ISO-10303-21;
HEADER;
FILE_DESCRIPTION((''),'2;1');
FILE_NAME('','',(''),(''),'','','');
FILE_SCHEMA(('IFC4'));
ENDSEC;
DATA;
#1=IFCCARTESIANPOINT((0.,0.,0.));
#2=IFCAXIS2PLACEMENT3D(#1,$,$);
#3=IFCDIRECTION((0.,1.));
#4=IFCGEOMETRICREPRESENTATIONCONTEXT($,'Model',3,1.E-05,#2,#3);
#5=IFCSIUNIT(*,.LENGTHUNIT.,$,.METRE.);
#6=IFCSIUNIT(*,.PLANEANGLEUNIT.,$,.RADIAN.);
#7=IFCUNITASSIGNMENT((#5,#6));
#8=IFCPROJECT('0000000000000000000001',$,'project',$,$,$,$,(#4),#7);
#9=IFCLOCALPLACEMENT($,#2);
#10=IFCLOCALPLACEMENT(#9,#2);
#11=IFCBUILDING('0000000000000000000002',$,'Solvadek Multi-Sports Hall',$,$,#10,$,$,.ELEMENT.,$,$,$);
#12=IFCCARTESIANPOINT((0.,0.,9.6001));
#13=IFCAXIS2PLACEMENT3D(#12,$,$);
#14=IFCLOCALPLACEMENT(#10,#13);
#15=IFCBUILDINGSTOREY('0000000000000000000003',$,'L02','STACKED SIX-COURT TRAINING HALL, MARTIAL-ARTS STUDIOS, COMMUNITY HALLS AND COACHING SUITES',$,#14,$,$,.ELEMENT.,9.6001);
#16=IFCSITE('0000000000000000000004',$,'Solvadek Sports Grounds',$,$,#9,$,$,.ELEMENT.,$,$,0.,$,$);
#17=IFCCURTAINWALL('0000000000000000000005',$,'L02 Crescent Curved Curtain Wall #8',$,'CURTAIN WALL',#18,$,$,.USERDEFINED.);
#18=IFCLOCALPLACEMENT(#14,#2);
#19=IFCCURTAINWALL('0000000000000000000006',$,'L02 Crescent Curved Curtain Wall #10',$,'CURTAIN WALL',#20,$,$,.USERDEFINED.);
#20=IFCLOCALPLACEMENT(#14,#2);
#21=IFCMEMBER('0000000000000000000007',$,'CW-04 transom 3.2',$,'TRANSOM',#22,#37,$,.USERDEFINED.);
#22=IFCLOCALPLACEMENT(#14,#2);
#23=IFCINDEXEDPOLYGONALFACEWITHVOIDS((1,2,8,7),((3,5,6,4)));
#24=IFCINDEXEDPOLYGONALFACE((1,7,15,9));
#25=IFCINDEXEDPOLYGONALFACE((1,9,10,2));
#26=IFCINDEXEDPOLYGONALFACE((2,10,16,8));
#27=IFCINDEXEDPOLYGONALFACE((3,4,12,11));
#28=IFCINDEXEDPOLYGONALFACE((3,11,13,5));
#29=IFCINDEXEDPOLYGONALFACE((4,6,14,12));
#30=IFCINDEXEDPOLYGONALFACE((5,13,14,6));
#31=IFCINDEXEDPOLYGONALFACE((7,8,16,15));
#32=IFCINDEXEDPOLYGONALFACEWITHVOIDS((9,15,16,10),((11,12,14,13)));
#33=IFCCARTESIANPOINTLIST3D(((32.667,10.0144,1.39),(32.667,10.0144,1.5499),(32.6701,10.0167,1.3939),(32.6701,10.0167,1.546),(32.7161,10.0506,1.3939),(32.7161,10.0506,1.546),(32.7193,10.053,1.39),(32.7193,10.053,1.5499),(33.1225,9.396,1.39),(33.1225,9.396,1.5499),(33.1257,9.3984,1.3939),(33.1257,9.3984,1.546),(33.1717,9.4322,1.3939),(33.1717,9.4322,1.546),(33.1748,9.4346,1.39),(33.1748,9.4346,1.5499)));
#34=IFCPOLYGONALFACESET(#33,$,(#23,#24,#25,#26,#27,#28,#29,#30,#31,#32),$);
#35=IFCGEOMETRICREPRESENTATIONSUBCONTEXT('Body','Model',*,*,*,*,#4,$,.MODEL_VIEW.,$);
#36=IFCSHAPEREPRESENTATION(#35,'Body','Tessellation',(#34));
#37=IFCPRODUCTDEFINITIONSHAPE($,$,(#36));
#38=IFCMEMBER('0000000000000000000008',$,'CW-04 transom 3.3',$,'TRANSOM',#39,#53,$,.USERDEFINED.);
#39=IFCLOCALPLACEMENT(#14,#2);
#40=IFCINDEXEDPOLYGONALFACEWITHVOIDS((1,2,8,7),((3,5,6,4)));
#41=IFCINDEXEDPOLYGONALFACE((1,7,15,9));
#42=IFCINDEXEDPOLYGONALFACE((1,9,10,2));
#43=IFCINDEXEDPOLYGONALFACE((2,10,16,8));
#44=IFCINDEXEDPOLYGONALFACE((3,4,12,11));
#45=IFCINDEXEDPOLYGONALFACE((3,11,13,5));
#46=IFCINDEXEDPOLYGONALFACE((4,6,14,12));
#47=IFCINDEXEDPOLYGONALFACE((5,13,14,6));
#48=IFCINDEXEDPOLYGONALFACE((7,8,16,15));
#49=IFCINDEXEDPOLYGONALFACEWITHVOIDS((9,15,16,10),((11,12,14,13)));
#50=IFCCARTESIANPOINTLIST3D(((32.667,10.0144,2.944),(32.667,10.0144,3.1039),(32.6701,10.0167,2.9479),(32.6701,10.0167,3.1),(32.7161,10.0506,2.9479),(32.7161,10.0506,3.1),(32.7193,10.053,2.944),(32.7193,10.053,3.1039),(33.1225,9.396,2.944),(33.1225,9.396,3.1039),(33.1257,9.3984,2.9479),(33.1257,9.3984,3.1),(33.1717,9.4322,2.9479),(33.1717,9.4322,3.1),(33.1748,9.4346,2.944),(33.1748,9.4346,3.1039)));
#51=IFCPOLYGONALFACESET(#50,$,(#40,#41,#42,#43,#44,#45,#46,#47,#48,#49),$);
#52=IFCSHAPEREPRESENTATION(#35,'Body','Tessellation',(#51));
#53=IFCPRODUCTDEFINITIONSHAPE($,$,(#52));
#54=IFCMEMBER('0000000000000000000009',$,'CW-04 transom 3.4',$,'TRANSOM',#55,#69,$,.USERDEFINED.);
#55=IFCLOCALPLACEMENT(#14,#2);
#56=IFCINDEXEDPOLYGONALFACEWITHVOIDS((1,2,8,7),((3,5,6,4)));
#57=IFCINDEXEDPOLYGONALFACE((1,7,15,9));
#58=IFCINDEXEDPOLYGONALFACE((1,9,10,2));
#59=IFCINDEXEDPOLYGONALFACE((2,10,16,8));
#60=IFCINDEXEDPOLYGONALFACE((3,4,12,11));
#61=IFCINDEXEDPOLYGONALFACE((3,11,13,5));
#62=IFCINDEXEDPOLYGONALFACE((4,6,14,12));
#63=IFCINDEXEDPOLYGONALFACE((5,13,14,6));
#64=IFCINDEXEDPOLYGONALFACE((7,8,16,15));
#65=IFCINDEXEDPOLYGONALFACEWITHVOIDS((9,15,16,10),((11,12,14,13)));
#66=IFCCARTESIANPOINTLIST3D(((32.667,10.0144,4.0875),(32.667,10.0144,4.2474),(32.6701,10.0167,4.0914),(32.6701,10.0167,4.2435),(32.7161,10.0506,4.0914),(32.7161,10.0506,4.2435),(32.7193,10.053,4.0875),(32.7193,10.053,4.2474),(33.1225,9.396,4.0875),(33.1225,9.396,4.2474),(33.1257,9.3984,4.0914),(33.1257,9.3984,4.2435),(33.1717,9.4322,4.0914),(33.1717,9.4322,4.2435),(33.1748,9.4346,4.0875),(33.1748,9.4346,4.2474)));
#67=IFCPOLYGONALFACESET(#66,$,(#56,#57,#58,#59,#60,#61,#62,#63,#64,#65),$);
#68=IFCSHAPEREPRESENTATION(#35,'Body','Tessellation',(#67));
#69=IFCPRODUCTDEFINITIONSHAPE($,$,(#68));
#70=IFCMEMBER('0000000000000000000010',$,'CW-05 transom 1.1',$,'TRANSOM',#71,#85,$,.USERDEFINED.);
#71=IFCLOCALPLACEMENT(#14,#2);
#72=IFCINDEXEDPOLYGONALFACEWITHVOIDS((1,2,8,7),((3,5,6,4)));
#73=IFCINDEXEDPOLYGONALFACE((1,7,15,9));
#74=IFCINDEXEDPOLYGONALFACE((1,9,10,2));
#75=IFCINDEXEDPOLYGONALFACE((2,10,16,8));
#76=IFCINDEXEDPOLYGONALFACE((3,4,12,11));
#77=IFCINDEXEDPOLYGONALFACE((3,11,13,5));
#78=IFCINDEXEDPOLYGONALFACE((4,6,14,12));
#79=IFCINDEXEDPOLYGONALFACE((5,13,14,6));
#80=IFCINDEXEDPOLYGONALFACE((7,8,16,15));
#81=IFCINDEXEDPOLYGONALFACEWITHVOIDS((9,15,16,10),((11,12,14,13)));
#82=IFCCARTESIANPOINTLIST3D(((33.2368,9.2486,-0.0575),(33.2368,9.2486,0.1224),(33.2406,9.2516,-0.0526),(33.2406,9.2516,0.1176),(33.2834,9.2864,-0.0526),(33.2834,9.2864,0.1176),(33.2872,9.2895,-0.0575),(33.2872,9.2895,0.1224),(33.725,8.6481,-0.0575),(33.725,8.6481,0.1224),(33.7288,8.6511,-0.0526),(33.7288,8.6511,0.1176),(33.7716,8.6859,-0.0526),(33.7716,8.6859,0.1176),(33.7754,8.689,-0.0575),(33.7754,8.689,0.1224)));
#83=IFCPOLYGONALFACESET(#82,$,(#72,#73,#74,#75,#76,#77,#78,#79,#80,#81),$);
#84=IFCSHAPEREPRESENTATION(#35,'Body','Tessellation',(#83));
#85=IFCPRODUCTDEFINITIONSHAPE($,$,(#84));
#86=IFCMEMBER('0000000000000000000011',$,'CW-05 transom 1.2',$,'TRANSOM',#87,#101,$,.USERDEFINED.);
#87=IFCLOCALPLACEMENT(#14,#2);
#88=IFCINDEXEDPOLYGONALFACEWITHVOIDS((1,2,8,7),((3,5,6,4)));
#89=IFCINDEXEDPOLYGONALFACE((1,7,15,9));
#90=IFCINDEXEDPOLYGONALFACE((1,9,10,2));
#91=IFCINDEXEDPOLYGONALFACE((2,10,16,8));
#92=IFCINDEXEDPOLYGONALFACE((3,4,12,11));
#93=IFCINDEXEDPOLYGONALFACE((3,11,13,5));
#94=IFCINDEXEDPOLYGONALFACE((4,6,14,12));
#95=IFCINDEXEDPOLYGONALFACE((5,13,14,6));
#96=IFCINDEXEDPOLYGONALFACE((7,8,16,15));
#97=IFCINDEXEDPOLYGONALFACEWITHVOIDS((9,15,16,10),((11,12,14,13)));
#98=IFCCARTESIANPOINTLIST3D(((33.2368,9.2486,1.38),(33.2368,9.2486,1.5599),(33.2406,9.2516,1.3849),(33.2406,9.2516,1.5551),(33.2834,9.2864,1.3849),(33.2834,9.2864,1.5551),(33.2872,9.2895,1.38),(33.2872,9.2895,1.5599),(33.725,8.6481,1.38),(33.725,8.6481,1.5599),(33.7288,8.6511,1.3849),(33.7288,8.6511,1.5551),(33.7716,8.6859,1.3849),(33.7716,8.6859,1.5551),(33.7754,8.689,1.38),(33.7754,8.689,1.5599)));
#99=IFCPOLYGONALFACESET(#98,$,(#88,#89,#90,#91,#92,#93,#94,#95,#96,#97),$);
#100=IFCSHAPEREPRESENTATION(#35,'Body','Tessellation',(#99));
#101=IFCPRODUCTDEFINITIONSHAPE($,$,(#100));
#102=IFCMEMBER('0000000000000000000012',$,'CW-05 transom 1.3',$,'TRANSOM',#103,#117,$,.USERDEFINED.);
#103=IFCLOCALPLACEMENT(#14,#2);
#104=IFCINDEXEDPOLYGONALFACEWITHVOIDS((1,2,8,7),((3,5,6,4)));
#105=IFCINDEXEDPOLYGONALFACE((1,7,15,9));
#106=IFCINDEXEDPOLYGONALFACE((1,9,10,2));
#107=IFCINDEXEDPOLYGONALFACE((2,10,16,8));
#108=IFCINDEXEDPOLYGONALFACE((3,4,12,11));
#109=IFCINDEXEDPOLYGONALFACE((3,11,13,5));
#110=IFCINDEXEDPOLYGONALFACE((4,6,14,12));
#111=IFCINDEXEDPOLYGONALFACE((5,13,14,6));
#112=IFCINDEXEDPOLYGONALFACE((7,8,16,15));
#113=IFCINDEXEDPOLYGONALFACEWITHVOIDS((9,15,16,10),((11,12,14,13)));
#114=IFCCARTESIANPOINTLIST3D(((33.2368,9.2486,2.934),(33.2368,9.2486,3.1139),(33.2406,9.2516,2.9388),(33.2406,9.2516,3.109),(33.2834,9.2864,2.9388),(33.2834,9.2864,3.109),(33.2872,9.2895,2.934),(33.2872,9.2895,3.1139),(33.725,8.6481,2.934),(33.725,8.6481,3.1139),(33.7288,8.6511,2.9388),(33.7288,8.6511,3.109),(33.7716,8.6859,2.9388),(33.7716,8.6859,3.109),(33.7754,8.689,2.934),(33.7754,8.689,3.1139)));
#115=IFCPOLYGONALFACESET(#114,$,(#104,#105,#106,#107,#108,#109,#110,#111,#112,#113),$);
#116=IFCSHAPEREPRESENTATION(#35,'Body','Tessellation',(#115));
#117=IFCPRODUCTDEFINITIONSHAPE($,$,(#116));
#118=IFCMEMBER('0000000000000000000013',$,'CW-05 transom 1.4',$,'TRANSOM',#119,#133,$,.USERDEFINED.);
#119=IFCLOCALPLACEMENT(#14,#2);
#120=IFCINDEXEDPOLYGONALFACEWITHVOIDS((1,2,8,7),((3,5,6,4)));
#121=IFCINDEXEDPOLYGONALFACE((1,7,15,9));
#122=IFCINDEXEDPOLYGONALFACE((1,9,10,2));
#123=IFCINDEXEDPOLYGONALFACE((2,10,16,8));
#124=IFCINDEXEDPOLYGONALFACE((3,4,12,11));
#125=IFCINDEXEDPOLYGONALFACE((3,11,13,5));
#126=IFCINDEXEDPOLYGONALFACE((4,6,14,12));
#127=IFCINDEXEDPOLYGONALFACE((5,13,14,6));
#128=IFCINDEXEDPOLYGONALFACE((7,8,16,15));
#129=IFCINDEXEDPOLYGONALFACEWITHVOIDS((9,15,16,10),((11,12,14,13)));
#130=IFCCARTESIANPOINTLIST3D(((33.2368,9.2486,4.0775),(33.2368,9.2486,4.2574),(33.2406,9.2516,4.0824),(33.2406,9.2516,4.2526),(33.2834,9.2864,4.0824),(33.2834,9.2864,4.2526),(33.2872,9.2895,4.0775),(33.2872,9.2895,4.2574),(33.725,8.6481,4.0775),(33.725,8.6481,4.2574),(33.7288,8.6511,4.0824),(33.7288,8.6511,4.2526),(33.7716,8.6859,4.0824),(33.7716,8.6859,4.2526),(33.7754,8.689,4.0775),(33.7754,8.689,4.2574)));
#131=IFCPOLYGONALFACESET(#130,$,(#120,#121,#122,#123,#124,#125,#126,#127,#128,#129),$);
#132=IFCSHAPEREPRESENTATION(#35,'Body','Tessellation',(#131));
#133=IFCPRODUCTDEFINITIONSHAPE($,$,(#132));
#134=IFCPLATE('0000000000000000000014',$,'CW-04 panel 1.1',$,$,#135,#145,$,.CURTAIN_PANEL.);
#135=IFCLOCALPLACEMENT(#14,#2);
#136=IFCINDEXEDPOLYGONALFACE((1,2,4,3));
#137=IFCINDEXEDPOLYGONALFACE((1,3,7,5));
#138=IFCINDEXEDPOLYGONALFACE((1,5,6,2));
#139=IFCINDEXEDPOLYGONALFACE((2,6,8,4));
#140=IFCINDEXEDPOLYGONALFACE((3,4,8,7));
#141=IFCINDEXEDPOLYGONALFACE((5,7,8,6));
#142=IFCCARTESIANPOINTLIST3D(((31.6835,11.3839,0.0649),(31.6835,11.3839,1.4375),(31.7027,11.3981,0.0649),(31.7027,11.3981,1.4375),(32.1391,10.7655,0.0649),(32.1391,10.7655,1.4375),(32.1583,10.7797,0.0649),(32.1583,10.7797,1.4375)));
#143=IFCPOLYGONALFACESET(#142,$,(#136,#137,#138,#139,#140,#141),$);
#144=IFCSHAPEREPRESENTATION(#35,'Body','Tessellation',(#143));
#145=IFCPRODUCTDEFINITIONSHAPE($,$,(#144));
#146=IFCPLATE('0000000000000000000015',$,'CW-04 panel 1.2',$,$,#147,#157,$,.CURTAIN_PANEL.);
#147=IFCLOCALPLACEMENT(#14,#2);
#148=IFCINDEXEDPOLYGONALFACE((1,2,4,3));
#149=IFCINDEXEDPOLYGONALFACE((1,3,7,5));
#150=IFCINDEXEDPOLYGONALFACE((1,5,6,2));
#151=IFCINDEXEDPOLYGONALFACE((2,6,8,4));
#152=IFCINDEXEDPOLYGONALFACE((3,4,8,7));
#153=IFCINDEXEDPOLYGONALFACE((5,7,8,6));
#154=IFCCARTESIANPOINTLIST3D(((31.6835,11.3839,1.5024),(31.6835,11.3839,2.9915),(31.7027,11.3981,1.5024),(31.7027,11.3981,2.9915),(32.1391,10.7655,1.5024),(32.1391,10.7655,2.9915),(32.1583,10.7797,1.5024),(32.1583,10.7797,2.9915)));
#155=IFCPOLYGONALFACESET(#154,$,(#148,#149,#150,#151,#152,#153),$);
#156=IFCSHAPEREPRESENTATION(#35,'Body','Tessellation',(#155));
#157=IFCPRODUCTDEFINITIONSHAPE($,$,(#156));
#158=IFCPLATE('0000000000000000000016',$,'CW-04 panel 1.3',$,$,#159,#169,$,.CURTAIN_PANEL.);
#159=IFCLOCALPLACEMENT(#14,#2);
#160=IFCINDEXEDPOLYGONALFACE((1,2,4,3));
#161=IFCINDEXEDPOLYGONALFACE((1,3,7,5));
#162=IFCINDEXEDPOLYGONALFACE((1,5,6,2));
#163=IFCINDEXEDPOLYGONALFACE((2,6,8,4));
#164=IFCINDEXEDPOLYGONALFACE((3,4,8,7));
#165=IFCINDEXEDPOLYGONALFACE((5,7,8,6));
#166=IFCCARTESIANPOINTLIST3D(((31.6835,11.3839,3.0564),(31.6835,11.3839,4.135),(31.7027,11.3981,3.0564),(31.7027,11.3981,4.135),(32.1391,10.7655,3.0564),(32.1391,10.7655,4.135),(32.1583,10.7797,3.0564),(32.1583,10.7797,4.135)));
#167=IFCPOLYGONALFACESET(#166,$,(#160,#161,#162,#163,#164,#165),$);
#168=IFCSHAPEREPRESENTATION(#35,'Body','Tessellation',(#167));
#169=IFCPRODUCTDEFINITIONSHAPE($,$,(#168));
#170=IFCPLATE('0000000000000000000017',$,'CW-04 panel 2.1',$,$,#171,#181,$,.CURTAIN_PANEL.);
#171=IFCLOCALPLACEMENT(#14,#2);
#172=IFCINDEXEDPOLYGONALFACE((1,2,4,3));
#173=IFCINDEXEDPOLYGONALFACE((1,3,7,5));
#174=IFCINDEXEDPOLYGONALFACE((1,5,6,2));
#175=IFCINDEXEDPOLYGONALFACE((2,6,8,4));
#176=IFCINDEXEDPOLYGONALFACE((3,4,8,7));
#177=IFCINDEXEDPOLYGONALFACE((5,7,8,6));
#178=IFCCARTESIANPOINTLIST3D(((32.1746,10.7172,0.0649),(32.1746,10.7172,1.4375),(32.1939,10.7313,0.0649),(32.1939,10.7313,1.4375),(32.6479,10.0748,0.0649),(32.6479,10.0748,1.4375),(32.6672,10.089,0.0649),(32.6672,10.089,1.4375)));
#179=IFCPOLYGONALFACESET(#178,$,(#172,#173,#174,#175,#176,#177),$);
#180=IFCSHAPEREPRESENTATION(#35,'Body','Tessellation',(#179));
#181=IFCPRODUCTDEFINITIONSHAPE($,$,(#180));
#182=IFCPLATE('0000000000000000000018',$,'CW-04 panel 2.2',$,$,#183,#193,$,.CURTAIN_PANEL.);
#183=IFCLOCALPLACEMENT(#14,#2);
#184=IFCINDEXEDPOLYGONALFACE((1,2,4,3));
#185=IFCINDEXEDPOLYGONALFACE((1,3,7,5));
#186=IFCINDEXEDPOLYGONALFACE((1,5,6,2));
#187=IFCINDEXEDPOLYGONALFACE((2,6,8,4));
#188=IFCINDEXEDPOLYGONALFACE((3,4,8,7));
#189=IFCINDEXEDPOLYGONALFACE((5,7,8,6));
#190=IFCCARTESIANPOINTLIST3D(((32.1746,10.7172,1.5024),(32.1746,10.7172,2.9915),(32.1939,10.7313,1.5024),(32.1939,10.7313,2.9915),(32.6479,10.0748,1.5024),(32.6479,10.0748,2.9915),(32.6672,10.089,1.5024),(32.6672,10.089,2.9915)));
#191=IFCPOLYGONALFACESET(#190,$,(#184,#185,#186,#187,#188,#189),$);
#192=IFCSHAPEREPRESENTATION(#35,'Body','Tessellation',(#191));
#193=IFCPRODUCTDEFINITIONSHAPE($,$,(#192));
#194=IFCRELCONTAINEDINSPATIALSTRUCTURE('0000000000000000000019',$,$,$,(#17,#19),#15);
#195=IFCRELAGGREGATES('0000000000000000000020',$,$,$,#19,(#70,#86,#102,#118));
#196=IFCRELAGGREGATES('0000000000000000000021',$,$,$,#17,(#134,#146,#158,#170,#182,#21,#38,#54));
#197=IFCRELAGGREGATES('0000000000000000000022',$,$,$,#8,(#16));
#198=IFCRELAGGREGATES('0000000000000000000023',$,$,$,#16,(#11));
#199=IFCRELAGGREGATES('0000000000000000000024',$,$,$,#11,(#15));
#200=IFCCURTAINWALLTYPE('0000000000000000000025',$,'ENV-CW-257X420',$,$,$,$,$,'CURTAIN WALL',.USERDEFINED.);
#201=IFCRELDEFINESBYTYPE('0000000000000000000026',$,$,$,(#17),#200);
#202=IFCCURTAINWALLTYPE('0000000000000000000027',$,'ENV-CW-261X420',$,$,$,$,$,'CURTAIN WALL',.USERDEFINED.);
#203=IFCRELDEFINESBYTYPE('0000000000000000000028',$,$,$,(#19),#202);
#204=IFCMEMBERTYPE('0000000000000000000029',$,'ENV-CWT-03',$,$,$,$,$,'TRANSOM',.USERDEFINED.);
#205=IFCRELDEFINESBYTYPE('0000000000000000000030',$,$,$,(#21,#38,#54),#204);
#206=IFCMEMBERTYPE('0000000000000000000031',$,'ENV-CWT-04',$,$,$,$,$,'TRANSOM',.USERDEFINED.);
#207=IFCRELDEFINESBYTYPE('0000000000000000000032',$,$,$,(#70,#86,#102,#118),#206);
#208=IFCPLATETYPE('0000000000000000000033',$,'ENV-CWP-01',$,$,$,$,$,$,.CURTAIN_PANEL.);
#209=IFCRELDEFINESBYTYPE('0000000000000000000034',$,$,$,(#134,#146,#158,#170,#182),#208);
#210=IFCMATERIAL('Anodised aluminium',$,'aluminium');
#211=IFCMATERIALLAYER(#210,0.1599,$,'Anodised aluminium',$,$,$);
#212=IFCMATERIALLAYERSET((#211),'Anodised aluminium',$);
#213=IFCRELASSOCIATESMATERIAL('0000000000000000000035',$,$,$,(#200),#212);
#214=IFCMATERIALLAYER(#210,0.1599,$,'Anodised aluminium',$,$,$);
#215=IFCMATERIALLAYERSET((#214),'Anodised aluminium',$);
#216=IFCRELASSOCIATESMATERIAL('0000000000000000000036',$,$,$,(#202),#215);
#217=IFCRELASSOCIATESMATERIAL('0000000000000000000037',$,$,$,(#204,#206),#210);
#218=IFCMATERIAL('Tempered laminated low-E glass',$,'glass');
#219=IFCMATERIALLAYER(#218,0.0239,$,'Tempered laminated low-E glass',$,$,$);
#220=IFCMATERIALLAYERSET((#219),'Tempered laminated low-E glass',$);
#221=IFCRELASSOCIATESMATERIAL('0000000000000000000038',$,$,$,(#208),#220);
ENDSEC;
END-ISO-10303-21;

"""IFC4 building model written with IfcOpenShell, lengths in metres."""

from ifc_helpers import new_model, si_unit, direction, frame, origin, origin_2d, place, context, subcontext, project, spatial, rectangle, hollow_rectangle, extrude, material, layer, layer_set, material_profile, profile_set, type_object, element, aggregate, save


model = new_model("IFC4")

# Units and contexts
model_context = context("Model", 3, precision=1e-05, world=origin(), true_north=direction((0.0, 1.0)))
body_context = subcontext(model_context, "Body", "Model", "MODEL_VIEW")
ifc_project = project(units=[si_unit("LENGTHUNIT", "METRE"), si_unit("PLANEANGLEUNIT", "RADIAN")], contexts=[model_context])

# Site, building, storey
site_placement = place(None, origin())
site = spatial("IfcSite", under=ifc_project, at=site_placement, Name="Solvadek Sports Grounds", CompositionType="ELEMENT", RefElevation=0.0)
building_placement = place(site_placement, origin())
building = spatial("IfcBuilding", under=site, at=building_placement, Name="Solvadek Multi-Sports Hall", CompositionType="ELEMENT")
storey_placement = place(building_placement, frame((0.0, 0.0, 9.6001)))
storey = spatial("IfcBuildingStorey", under=building, at=storey_placement, Name="L02", Description="STACKED SIX-COURT TRAINING HALL, MARTIAL-ARTS STUDIOS, COMMUNITY HALLS AND COACHING SUITES", CompositionType="ELEMENT", Elevation=9.6001)

# Curtain wall
ifc_material_1 = material(Name="Anodised aluminium", Category="aluminium")
ifc_layer_1 = layer(ifc_material_1, 0.1599, Name="Anodised aluminium")
ifc_layer_set_1 = layer_set([ifc_layer_1], Name="Anodised aluminium")
curtain_wall_type_1 = type_object("IfcCurtainWallType", Name="ENV-CW-257X420", ElementType="CURTAIN WALL", PredefinedType="USERDEFINED", material=ifc_layer_set_1)
curtain_wall_1_placement = place(storey_placement, origin())
curtain_wall_1 = element("IfcCurtainWall", 1, at=curtain_wall_1_placement, inside=storey, type_object=curtain_wall_type_1, Name="L02 Crescent Curved Curtain Wall #8", ObjectType="CURTAIN WALL", PredefinedType="USERDEFINED")

# Curtain wall
ifc_layer_2 = layer(ifc_material_1, 0.1599, Name="Anodised aluminium")
ifc_layer_set_2 = layer_set([ifc_layer_2], Name="Anodised aluminium")
curtain_wall_type_2 = type_object("IfcCurtainWallType", Name="ENV-CW-261X420", ElementType="CURTAIN WALL", PredefinedType="USERDEFINED", material=ifc_layer_set_2)
curtain_wall_2_placement = place(storey_placement, origin())
curtain_wall_2 = element("IfcCurtainWall", 2, at=curtain_wall_2_placement, inside=storey, type_object=curtain_wall_type_2, Name="L02 Crescent Curved Curtain Wall #10", ObjectType="CURTAIN WALL", PredefinedType="USERDEFINED")

# Members
ifc_material_profile_1 = material_profile(ifc_material_1, hollow_rectangle(XDim=0.0649, YDim=0.1599, WallThickness=0.0039, at=origin_2d()), Name="ALU-T 160x65x4")
ifc_profile_set_1 = profile_set([ifc_material_profile_1], Name="Anodised aluminium")
member_type_1 = type_object("IfcMemberType", Name="ENV-CWT-03", ElementType="TRANSOM", PredefinedType="USERDEFINED", material=ifc_profile_set_1)
member_1_placement = place(storey_placement, frame((32.6931, 10.0337, 1.47), z_axis=(0.593112, -0.80512, 0.0), x_axis=(0.80512, 0.593112, 0.0)))
member_1 = element("IfcMember", 3, at=member_1_placement, type_object=member_type_1, Name="CW-04 transom 3.2", ObjectType="TRANSOM", PredefinedType="USERDEFINED", context=body_context, shape_type="SweptSolid", body=[
    extrude(hollow_rectangle(XDim=0.0649, YDim=0.1599, WallThickness=0.0039, at=origin_2d()), origin(), (0.0, 0.0, 1.0), 0.7681),
])
member_2_placement = place(storey_placement, frame((32.6931, 10.0337, 3.0239), z_axis=(0.593112, -0.80512, 0.0), x_axis=(0.80512, 0.593112, 0.0)))
member_2 = element("IfcMember", 4, at=member_2_placement, type_object=member_type_1, Name="CW-04 transom 3.3", ObjectType="TRANSOM", PredefinedType="USERDEFINED", context=body_context, shape_type="SweptSolid", body=[
    extrude(hollow_rectangle(XDim=0.0649, YDim=0.1599, WallThickness=0.0039, at=origin_2d()), origin(), (0.0, 0.0, 1.0), 0.7681),
])
member_3_placement = place(storey_placement, frame((32.6931, 10.0337, 4.1675), z_axis=(0.593112, -0.80512, 0.0), x_axis=(0.80512, 0.593112, 0.0)))
member_3 = element("IfcMember", 5, at=member_3_placement, type_object=member_type_1, Name="CW-04 transom 3.4", ObjectType="TRANSOM", PredefinedType="USERDEFINED", context=body_context, shape_type="SweptSolid", body=[
    extrude(hollow_rectangle(XDim=0.0649, YDim=0.1599, WallThickness=0.0039, at=origin_2d()), origin(), (0.0, 0.0, 1.0), 0.7681),
])
ifc_material_profile_2 = material_profile(ifc_material_1, hollow_rectangle(XDim=0.0649, YDim=0.1799, WallThickness=0.0049, at=origin_2d()), Name="ALU-T 180x65x5")
ifc_profile_set_2 = profile_set([ifc_material_profile_2], Name="Anodised aluminium")
member_type_2 = type_object("IfcMemberType", Name="ENV-CWT-04", ElementType="TRANSOM", PredefinedType="USERDEFINED", material=ifc_profile_set_2)
member_4_placement = place(storey_placement, frame((33.262, 9.269, 0.0325), z_axis=(0.63083, -0.775921, 0.0), x_axis=(0.775921, 0.63083, 0.0)))
member_4 = element("IfcMember", 6, at=member_4_placement, type_object=member_type_2, Name="CW-05 transom 1.1", ObjectType="TRANSOM", PredefinedType="USERDEFINED", context=body_context, shape_type="SweptSolid", body=[
    extrude(hollow_rectangle(XDim=0.0649, YDim=0.1799, WallThickness=0.0049, at=origin_2d()), origin(), (0.0, 0.0, 1.0), 0.7739),
])
member_5_placement = place(storey_placement, frame((33.262, 9.269, 1.47), z_axis=(0.63083, -0.775921, 0.0), x_axis=(0.775921, 0.63083, 0.0)))
member_5 = element("IfcMember", 7, at=member_5_placement, type_object=member_type_2, Name="CW-05 transom 1.2", ObjectType="TRANSOM", PredefinedType="USERDEFINED", context=body_context, shape_type="SweptSolid", body=[
    extrude(hollow_rectangle(XDim=0.0649, YDim=0.1799, WallThickness=0.0049, at=origin_2d()), origin(), (0.0, 0.0, 1.0), 0.7739),
])
member_6_placement = place(storey_placement, frame((33.262, 9.269, 3.0239), z_axis=(0.63083, -0.775921, 0.0), x_axis=(0.775921, 0.63083, 0.0)))
member_6 = element("IfcMember", 8, at=member_6_placement, type_object=member_type_2, Name="CW-05 transom 1.3", ObjectType="TRANSOM", PredefinedType="USERDEFINED", context=body_context, shape_type="SweptSolid", body=[
    extrude(hollow_rectangle(XDim=0.0649, YDim=0.1799, WallThickness=0.0049, at=origin_2d()), origin(), (0.0, 0.0, 1.0), 0.7739),
])
member_7_placement = place(storey_placement, frame((33.262, 9.269, 4.1675), z_axis=(0.63083, -0.775921, 0.0), x_axis=(0.775921, 0.63083, 0.0)))
member_7 = element("IfcMember", 9, at=member_7_placement, type_object=member_type_2, Name="CW-05 transom 1.4", ObjectType="TRANSOM", PredefinedType="USERDEFINED", context=body_context, shape_type="SweptSolid", body=[
    extrude(hollow_rectangle(XDim=0.0649, YDim=0.1799, WallThickness=0.0049, at=origin_2d()), origin(), (0.0, 0.0, 1.0), 0.7739),
])
aggregate(curtain_wall_2, [member_4, member_5, member_6, member_7])

# Plates
ifc_material_2 = material(Name="Tempered laminated low-E glass", Category="glass")
ifc_layer_3 = layer(ifc_material_2, 0.0239, Name="Tempered laminated low-E glass")
ifc_layer_set_3 = layer_set([ifc_layer_3], Name="Tempered laminated low-E glass")
plate_type_1 = type_object("IfcPlateType", Name="ENV-CWP-01", PredefinedType="CURTAIN_PANEL", material=ifc_layer_set_3)
plate_1_placement = place(storey_placement, frame((31.9209, 11.0818, 0.0649), z_axis=(0.0, 0.0, 1.0), x_axis=(0.593153, -0.80509, 0.0)))
plate_1 = element("IfcPlate", 10, at=plate_1_placement, type_object=plate_type_1, Name="CW-04 panel 1.1", PredefinedType="CURTAIN_PANEL", context=body_context, shape_type="SweptSolid", body=[
    extrude(rectangle(XDim=0.7681, YDim=0.0239, at=origin_2d()), origin(), (0.0, 0.0, 1.0), 1.3726),
])
plate_2_placement = place(storey_placement, frame((31.9209, 11.0818, 1.5024), z_axis=(0.0, 0.0, 1.0), x_axis=(0.593153, -0.80509, 0.0)))
plate_2 = element("IfcPlate", 11, at=plate_2_placement, type_object=plate_type_1, Name="CW-04 panel 1.2", PredefinedType="CURTAIN_PANEL", context=body_context, shape_type="SweptSolid", body=[
    extrude(rectangle(XDim=0.7681, YDim=0.0239, at=origin_2d()), origin(), (0.0, 0.0, 1.0), 1.489),
])
plate_3_placement = place(storey_placement, frame((31.9209, 11.0818, 3.0564), z_axis=(0.0, 0.0, 1.0), x_axis=(0.593153, -0.80509, 0.0)))
plate_3 = element("IfcPlate", 12, at=plate_3_placement, type_object=plate_type_1, Name="CW-04 panel 1.3", PredefinedType="CURTAIN_PANEL", context=body_context, shape_type="SweptSolid", body=[
    extrude(rectangle(XDim=0.7681, YDim=0.0239, at=origin_2d()), origin(), (0.0, 0.0, 1.0), 1.0786),
])
plate_4_placement = place(storey_placement, frame((32.4209, 10.4031, 0.0649), z_axis=(0.0, 0.0, 1.0), x_axis=(0.593153, -0.80509, 0.0)))
plate_4 = element("IfcPlate", 13, at=plate_4_placement, type_object=plate_type_1, Name="CW-04 panel 2.1", PredefinedType="CURTAIN_PANEL", context=body_context, shape_type="SweptSolid", body=[
    extrude(rectangle(XDim=0.7979, YDim=0.0239, at=origin_2d()), origin(), (0.0, 0.0, 1.0), 1.3726),
])
plate_5_placement = place(storey_placement, frame((32.4209, 10.4031, 1.5024), z_axis=(0.0, 0.0, 1.0), x_axis=(0.593153, -0.80509, 0.0)))
plate_5 = element("IfcPlate", 14, at=plate_5_placement, type_object=plate_type_1, Name="CW-04 panel 2.2", PredefinedType="CURTAIN_PANEL", context=body_context, shape_type="SweptSolid", body=[
    extrude(rectangle(XDim=0.7979, YDim=0.0239, at=origin_2d()), origin(), (0.0, 0.0, 1.0), 1.489),
])
aggregate(curtain_wall_1, [plate_1, plate_2, plate_3, plate_4, plate_5, member_1, member_2, member_3])

save(model, "model.ifc")
